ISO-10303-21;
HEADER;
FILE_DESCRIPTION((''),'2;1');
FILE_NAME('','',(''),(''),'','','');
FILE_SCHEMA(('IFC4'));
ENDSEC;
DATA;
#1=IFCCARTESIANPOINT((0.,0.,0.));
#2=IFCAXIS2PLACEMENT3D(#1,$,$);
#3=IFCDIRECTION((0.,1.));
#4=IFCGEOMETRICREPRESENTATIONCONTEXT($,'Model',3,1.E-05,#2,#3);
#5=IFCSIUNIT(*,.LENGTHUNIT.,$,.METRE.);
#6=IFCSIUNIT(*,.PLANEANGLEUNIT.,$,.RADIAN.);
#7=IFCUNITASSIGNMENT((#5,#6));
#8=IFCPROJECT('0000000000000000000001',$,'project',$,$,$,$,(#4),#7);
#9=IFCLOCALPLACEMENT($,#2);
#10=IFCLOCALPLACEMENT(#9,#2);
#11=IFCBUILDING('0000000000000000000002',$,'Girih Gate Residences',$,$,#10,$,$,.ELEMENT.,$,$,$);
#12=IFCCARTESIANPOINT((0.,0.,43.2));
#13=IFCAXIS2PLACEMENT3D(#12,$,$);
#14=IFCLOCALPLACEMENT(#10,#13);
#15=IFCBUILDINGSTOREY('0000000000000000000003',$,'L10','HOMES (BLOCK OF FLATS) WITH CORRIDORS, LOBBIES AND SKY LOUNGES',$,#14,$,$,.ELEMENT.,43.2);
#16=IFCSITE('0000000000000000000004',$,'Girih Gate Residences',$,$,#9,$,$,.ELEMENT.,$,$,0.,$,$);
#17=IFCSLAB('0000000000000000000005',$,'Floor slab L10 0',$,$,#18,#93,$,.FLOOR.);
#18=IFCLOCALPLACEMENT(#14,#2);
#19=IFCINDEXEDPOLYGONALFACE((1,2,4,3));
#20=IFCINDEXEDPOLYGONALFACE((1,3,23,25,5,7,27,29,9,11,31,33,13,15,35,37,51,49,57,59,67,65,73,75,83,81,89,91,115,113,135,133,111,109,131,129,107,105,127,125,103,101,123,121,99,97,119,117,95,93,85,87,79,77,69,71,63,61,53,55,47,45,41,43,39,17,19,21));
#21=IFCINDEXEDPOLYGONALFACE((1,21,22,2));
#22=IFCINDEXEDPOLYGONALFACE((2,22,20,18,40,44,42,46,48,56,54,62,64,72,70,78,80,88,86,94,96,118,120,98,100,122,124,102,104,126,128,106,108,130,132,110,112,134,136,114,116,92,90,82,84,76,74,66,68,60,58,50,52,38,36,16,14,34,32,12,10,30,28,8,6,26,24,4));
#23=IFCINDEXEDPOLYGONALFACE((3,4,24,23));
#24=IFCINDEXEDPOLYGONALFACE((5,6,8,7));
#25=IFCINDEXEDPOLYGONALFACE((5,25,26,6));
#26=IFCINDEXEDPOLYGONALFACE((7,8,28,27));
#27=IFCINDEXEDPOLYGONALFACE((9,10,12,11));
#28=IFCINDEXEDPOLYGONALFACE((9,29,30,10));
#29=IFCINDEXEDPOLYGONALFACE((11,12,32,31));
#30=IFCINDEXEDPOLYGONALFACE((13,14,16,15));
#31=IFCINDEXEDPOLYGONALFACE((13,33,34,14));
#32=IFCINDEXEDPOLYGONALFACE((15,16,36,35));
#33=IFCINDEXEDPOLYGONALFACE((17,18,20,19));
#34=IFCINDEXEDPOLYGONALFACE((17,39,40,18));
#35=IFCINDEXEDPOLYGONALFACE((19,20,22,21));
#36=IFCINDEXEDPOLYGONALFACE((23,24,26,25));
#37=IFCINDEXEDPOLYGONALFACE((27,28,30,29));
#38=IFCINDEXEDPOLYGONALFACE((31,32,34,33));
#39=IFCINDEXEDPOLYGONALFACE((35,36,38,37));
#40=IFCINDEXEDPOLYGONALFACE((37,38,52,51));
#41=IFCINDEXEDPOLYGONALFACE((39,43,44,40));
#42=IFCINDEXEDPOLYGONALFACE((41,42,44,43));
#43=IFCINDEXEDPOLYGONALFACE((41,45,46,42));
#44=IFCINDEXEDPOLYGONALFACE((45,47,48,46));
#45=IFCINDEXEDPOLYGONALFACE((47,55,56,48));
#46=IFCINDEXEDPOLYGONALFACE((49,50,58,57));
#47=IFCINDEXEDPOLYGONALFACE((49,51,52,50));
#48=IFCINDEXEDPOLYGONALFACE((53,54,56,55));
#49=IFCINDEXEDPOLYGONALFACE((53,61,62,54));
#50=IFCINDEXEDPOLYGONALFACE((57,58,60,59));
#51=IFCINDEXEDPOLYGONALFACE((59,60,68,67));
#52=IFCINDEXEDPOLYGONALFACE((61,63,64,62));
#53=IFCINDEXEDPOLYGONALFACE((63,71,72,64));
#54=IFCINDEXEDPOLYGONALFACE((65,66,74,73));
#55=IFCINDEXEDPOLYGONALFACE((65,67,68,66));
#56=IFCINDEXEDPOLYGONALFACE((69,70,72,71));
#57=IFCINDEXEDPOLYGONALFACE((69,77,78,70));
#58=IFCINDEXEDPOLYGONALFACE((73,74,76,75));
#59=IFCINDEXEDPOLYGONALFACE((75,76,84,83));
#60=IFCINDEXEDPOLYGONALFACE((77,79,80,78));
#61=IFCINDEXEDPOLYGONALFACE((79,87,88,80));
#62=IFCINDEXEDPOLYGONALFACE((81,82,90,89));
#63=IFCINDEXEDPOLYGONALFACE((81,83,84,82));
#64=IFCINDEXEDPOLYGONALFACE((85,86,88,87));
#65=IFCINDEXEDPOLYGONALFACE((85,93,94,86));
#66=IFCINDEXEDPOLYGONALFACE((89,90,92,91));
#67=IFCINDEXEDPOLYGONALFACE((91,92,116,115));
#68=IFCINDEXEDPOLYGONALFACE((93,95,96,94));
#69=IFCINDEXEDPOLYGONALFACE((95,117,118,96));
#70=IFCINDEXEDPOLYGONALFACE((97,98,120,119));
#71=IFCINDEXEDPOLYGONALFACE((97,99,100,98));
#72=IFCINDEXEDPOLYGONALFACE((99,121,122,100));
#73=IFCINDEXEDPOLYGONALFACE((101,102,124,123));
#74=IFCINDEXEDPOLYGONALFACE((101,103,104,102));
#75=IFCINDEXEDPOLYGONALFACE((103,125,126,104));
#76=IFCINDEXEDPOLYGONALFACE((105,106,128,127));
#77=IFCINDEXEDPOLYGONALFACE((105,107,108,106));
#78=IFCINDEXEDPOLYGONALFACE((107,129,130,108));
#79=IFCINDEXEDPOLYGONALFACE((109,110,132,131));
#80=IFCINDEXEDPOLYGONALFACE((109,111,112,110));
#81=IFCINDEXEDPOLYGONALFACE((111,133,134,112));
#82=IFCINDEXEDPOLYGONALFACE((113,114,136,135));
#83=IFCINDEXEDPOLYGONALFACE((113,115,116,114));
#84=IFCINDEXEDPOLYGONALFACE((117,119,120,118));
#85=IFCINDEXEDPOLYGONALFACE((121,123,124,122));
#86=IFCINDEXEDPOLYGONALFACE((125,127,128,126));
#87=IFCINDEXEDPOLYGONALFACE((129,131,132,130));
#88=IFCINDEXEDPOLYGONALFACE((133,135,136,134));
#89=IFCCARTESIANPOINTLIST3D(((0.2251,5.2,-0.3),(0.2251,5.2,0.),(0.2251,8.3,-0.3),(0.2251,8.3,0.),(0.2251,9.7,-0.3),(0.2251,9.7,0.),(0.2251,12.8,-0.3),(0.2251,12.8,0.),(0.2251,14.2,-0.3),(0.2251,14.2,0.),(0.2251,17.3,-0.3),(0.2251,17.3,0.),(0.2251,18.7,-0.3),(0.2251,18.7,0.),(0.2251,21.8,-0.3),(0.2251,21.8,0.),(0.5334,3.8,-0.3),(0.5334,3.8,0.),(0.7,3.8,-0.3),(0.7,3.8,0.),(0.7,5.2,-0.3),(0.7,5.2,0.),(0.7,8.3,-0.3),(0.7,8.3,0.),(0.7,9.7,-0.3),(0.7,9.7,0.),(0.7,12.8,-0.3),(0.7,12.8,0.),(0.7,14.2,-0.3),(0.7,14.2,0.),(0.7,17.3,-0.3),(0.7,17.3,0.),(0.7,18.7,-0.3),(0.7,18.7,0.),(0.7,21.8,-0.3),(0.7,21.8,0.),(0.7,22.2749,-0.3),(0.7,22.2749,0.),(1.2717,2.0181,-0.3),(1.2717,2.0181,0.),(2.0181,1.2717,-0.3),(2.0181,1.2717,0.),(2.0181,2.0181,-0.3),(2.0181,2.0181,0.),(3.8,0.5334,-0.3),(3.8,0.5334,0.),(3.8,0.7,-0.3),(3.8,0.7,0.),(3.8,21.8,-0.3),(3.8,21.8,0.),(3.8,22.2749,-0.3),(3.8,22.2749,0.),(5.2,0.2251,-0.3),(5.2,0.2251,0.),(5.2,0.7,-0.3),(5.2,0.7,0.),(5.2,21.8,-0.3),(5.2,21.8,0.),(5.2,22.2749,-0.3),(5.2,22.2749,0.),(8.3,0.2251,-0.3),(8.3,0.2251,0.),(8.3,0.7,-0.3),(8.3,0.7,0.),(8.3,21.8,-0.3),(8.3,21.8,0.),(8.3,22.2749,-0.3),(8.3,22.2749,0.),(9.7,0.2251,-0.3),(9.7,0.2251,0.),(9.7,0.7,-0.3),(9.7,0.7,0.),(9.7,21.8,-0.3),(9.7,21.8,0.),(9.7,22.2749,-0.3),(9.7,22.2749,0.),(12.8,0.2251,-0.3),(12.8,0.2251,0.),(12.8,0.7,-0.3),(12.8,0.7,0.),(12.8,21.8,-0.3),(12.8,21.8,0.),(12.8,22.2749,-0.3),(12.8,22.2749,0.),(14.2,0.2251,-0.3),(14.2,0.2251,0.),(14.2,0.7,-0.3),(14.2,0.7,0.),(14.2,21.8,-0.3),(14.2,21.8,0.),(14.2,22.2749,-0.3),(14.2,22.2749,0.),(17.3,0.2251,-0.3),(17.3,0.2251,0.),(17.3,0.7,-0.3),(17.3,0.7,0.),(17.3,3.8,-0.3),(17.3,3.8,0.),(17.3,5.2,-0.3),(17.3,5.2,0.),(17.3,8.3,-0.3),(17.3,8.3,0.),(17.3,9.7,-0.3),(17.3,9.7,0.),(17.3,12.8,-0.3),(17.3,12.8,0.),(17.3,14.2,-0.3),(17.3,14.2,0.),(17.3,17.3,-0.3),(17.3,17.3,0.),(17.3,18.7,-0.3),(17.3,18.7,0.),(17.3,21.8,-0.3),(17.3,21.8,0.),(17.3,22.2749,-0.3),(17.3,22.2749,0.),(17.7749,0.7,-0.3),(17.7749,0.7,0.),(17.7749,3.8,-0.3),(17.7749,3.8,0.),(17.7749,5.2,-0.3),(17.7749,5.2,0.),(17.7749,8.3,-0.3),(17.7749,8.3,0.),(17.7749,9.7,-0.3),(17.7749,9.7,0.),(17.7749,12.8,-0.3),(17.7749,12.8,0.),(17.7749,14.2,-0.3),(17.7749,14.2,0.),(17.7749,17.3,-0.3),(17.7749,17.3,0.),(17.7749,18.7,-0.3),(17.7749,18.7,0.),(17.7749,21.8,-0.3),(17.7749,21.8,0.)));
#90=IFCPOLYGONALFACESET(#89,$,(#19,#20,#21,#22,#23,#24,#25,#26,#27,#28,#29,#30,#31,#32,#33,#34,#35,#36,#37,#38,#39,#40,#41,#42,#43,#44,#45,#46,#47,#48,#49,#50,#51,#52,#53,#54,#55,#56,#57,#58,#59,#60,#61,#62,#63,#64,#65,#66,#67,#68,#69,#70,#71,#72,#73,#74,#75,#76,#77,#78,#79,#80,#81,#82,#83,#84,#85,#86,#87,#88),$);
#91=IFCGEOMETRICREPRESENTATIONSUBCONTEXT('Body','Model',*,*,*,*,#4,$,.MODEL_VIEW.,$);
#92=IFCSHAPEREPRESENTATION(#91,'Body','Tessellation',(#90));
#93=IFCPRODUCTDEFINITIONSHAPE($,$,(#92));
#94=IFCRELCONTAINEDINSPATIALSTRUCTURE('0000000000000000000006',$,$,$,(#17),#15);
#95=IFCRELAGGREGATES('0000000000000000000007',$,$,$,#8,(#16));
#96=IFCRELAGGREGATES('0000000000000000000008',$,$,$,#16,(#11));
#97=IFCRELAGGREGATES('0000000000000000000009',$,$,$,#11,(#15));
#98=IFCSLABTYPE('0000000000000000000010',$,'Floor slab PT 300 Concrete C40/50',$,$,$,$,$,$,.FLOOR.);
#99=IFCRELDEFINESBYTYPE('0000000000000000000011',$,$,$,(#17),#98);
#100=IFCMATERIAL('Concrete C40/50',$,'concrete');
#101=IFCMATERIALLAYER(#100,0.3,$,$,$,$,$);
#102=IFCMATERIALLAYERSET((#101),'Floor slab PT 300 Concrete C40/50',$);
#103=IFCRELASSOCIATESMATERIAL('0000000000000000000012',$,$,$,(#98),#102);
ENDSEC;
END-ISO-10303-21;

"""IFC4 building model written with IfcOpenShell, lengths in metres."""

from ifc_helpers import new_model, si_unit, direction, frame, origin, place, context, subcontext, project, spatial, polyline, outline, extrude, material, layer, layer_set, type_object, element, save


model = new_model("IFC4")

# Units and contexts
model_context = context("Model", 3, precision=1e-05, world=origin(), true_north=direction((0.0, 1.0)))
body_context = subcontext(model_context, "Body", "Model", "MODEL_VIEW")
ifc_project = project(units=[si_unit("LENGTHUNIT", "METRE"), si_unit("PLANEANGLEUNIT", "RADIAN")], contexts=[model_context])

# Site, building, storey
site_placement = place(None, origin())
site = spatial("IfcSite", under=ifc_project, at=site_placement, Name="Girih Gate Residences", CompositionType="ELEMENT", RefElevation=0.0)
building_placement = place(site_placement, origin())
building = spatial("IfcBuilding", under=site, at=building_placement, Name="Girih Gate Residences", CompositionType="ELEMENT")
storey_placement = place(building_placement, frame((0.0, 0.0, 43.2)))
storey = spatial("IfcBuildingStorey", under=building, at=storey_placement, Name="L10", Description="HOMES (BLOCK OF FLATS) WITH CORRIDORS, LOBBIES AND SKY LOUNGES", CompositionType="ELEMENT", Elevation=43.2)

# Slab
ifc_material_1 = material(Name="Concrete C40/50", Category="concrete")
ifc_layer_1 = layer(ifc_material_1, 0.3)
ifc_layer_set_1 = layer_set([ifc_layer_1], Name="Floor slab PT 300 Concrete C40/50")
slab_type_1 = type_object("IfcSlabType", Name="Floor slab PT 300 Concrete C40/50", PredefinedType="FLOOR", material=ifc_layer_set_1)
slab_1_placement = place(storey_placement, frame((0.0, 0.0, -0.3)))
element("IfcSlab", 1, at=slab_1_placement, inside=storey, type_object=slab_type_1, Name="Floor slab L10 0", PredefinedType="FLOOR", context=body_context, shape_type="SweptSolid", body=[
    extrude(outline(polyline([(0.2251, 8.3), (0.2251, 5.2), (0.7, 5.2), (0.7, 3.8), (0.5334, 3.8), (1.2717, 2.0181), (2.0181, 2.0181), (2.0181, 1.2717), (3.8, 0.5334), (3.8, 0.7), (5.2, 0.7), (5.2, 0.2251), (8.3, 0.2251), (8.3, 0.7), (9.7, 0.7), (9.7, 0.2251), (12.8, 0.2251), (12.8, 0.7), (14.2, 0.7), (14.2, 0.2251), (17.3, 0.2251), (17.3, 0.7), (17.7749, 0.7), (17.7749, 3.8), (17.3, 3.8), (17.3, 5.2), (17.7749, 5.2), (17.7749, 8.3), (17.3, 8.3), (17.3, 9.7), (17.7749, 9.7), (17.7749, 12.8), (17.3, 12.8), (17.3, 14.2), (17.7749, 14.2), (17.7749, 17.3), (17.3, 17.3), (17.3, 18.7), (17.7749, 18.7), (17.7749, 21.8), (17.3, 21.8), (17.3, 22.2749), (14.2, 22.2749), (14.2, 21.8), (12.8, 21.8), (12.8, 22.2749), (9.7, 22.2749), (9.7, 21.8), (8.3, 21.8), (8.3, 22.2749), (5.2, 22.2749), (5.2, 21.8), (3.8, 21.8), (3.8, 22.2749), (0.7, 22.2749), (0.7, 21.8), (0.2251, 21.8), (0.2251, 18.7), (0.7, 18.7), (0.7, 17.3), (0.2251, 17.3), (0.2251, 14.2), (0.7, 14.2), (0.7, 12.8), (0.2251, 12.8), (0.2251, 9.7), (0.7, 9.7), (0.7, 8.3), (0.2251, 8.3)])), origin(), (0.0, 0.0, 1.0), 0.3),
])

save(model, "model.ifc")
